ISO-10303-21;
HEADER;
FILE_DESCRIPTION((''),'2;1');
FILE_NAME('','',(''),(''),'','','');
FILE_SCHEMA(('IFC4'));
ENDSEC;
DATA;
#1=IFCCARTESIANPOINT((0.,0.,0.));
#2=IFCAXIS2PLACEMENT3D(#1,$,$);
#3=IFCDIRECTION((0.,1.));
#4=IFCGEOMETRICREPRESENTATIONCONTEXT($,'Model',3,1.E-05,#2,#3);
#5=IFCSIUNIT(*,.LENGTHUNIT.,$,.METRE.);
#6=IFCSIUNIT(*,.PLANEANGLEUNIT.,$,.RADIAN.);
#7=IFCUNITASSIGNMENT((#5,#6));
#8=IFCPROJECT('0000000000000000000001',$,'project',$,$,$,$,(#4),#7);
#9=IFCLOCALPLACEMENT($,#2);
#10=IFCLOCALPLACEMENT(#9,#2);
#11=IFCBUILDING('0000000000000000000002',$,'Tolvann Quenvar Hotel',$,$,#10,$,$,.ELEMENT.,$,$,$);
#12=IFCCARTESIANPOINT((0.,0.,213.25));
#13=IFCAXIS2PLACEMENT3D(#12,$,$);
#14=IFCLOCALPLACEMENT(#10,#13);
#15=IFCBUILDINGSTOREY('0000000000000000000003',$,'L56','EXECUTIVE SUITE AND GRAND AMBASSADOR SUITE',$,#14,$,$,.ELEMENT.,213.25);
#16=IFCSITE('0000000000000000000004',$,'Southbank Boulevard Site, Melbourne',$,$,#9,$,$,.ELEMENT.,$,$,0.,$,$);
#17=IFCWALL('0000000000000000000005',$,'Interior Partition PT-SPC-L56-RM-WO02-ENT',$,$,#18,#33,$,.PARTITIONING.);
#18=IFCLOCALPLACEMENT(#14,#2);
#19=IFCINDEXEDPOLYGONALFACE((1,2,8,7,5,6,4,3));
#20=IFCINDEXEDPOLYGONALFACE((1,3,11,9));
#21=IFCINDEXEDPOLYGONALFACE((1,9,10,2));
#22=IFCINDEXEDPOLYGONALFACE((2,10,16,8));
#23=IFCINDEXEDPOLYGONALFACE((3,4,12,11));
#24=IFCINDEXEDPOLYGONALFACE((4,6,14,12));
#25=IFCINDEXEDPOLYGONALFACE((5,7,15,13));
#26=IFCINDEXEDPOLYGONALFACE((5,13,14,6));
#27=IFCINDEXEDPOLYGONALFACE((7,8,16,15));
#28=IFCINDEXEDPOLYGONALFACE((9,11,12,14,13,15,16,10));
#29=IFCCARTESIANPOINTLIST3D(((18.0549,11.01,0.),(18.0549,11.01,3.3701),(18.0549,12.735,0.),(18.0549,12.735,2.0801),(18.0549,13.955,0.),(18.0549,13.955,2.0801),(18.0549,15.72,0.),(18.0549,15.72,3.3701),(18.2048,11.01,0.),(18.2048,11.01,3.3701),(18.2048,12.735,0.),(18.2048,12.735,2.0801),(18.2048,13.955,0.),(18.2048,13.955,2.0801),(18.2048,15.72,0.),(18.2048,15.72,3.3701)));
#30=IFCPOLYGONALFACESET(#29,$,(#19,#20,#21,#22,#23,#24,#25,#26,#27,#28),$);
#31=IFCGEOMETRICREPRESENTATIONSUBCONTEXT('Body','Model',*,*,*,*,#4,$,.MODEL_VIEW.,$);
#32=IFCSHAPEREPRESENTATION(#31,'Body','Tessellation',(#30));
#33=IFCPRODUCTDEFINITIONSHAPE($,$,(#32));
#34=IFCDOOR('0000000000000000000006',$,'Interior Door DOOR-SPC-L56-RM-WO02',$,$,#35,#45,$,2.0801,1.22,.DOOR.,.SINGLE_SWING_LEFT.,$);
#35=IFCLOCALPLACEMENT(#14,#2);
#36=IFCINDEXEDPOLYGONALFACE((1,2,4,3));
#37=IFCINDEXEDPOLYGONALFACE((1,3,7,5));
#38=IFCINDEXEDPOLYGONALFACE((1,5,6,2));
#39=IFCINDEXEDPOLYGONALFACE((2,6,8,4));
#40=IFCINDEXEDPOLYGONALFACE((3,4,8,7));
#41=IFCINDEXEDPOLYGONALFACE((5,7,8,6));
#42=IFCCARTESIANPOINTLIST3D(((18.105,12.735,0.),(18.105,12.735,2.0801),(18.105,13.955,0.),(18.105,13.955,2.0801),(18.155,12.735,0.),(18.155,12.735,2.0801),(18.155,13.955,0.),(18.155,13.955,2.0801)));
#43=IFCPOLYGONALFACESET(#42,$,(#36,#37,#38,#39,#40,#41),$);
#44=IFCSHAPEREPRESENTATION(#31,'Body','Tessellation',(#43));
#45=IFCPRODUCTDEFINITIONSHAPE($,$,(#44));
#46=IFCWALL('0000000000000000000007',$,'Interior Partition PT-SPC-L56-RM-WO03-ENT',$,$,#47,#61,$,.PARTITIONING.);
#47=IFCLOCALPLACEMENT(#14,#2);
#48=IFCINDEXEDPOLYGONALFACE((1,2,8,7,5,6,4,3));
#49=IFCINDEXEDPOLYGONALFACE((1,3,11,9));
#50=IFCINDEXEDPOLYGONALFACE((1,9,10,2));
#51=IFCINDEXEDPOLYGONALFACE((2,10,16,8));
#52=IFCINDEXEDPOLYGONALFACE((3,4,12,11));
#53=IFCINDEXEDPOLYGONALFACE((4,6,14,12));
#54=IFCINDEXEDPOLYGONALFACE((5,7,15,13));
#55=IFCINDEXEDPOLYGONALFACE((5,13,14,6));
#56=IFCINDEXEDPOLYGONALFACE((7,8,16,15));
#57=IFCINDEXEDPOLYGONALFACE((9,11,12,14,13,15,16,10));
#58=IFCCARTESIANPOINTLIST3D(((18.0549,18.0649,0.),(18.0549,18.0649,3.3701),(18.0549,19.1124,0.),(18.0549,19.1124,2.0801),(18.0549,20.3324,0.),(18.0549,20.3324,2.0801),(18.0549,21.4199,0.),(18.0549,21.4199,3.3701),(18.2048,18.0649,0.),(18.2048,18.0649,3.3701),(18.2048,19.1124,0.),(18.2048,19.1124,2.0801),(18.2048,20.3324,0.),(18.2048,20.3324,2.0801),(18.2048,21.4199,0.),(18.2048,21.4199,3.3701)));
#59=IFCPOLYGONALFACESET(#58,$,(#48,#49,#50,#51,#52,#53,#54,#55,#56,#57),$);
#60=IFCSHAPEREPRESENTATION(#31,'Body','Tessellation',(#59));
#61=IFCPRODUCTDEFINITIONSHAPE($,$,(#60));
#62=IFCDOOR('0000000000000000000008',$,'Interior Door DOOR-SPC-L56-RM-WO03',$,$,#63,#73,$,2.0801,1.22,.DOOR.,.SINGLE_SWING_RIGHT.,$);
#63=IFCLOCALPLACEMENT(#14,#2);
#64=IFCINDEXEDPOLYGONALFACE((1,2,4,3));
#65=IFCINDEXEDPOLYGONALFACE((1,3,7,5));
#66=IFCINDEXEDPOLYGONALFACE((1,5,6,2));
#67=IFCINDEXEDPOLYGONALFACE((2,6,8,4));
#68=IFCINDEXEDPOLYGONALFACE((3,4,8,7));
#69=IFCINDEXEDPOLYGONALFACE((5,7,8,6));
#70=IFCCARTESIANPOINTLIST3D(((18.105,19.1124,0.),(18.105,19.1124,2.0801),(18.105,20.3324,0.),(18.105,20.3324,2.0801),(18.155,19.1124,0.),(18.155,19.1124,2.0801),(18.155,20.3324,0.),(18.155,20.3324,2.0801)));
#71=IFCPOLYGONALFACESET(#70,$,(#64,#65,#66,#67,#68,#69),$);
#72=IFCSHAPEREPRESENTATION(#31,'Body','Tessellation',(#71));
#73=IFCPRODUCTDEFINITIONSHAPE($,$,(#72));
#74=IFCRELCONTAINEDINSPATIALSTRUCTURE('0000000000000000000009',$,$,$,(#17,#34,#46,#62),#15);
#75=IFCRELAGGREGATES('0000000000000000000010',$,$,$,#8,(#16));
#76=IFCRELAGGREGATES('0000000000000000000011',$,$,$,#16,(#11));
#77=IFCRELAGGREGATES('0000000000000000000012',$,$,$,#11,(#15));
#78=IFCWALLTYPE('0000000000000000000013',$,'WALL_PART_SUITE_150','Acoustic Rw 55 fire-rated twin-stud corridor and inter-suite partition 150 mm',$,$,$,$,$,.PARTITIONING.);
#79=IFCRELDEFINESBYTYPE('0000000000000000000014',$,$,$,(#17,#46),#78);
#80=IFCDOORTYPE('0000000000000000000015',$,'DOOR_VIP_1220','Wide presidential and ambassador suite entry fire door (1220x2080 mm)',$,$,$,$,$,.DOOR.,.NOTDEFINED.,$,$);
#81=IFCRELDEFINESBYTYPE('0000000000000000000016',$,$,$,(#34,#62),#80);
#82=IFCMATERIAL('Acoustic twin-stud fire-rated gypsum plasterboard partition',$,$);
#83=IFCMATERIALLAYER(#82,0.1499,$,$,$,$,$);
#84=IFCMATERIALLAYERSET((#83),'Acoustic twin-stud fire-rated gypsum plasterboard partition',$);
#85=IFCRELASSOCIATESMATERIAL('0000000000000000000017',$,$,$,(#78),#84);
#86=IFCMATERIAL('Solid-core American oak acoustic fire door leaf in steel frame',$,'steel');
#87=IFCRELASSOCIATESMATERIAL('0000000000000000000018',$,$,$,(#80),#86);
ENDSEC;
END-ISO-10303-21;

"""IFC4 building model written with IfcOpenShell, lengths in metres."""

from ifc_helpers import new_model, si_unit, direction, frame, frame_2d, origin, place, context, subcontext, project, spatial, rectangle, extrude, source, transform, mapped, material, layer, layer_set, type_object, type_shapes, element, fill, save


model = new_model("IFC4")

# Units and contexts
model_context = context("Model", 3, precision=1e-05, world=origin(), true_north=direction((0.0, 1.0)))
body_context = subcontext(model_context, "Body", "Model", "MODEL_VIEW")
ifc_project = project(units=[si_unit("LENGTHUNIT", "METRE"), si_unit("PLANEANGLEUNIT", "RADIAN")], contexts=[model_context])

# Site, building, storey
site_placement = place(None, origin())
site = spatial("IfcSite", under=ifc_project, at=site_placement, Name="Southbank Boulevard Site, Melbourne", CompositionType="ELEMENT", RefElevation=0.0)
building_placement = place(site_placement, origin())
building = spatial("IfcBuilding", under=site, at=building_placement, Name="Tolvann Quenvar Hotel", CompositionType="ELEMENT")
storey_placement = place(building_placement, frame((0.0, 0.0, 213.25)))
storey = spatial("IfcBuildingStorey", under=building, at=storey_placement, Name="L56", Description="EXECUTIVE SUITE AND GRAND AMBASSADOR SUITE", CompositionType="ELEMENT", Elevation=213.25)

# Shared definitions
ifc_material_1 = material(Name="Acoustic twin-stud fire-rated gypsum plasterboard partition")
ifc_layer_1 = layer(ifc_material_1, 0.1499)
ifc_layer_set_1 = layer_set([ifc_layer_1], Name="Acoustic twin-stud fire-rated gypsum plasterboard partition")
wall_type_1 = type_object("IfcWallType", Name="WALL_PART_SUITE_150", Description="Acoustic Rw 55 fire-rated twin-stud corridor and inter-suite partition 150 mm", PredefinedType="PARTITIONING", material=ifc_layer_set_1)
ifc_material_2 = material(Name="Solid-core American oak acoustic fire door leaf in steel frame", Category="steel")

# Walls, openings, doors
wall_1_placement = place(storey_placement, frame((18.1299, 11.01, 0.0), z_axis=(0.0, 0.0, 1.0), x_axis=(0.0, 1.0, 0.0)))
wall_1 = element("IfcWall", 1, at=wall_1_placement, inside=storey, type_object=wall_type_1, Name="Interior Partition PT-SPC-L56-RM-WO02-ENT", PredefinedType="PARTITIONING", context=body_context, shape_type="SweptSolid", body=[
    extrude(rectangle(XDim=4.71, YDim=0.1499, at=frame_2d((2.355, 0.0))), origin(), (0.0, 0.0, 1.0), 3.3701),
])
opening_1_placement = place(wall_1_placement, frame((1.7251, 0.0, 0.0)))
opening_1 = element("IfcOpeningElement", 2, at=opening_1_placement, cuts=wall_1, PredefinedType="OPENING", context=body_context, shape_type="SweptSolid", body=[
    extrude(rectangle(XDim=1.22, YDim=2.0801, at=frame_2d((0.6099, 1.04))), frame((0.0, 0.085, 0.0), z_axis=(0.0, -1.0, 0.0), x_axis=(1.0, 0.0, 0.0)), (0.0, 0.0, 1.0), 0.1699),
])
door_type_1 = type_object("IfcDoorType", Name="DOOR_VIP_1220", Description="Wide presidential and ambassador suite entry fire door (1220x2080 mm)", OperationType="NOTDEFINED", PredefinedType="DOOR", material=ifc_material_2)
shared_shape_1 = source(origin(), body_context, "Body", "SweptSolid", [
    extrude(rectangle(XDim=1.22, YDim=2.0801, at=frame_2d((0.6099, 1.04))), frame((0.0, 0.0249, 0.0), z_axis=(0.0, -1.0, 0.0), x_axis=(1.0, 0.0, 0.0)), (0.0, 0.0, 1.0), 0.05),
])
type_shapes(door_type_1, [shared_shape_1])
door_1_placement = place(opening_1_placement, origin())
door_1 = element("IfcDoor", 3, at=door_1_placement, inside=storey, type_object=door_type_1, Name="Interior Door DOOR-SPC-L56-RM-WO02", OperationType="SINGLE_SWING_LEFT", OverallHeight=2.0801, OverallWidth=1.22, PredefinedType="DOOR", context=body_context, shape_type="MappedRepresentation", body=[
    mapped(shared_shape_1, transform((0.0, 0.0, 0.0), x_axis=(1.0, 0.0, 0.0), y_axis=(0.0, 1.0, 0.0), z_axis=(0.0, 0.0, 1.0), scale=1.0)),
])
fill(opening_1, door_1)
wall_2_placement = place(storey_placement, frame((18.1299, 18.0649, 0.0), z_axis=(0.0, 0.0, 1.0), x_axis=(0.0, 1.0, 0.0)))
wall_2 = element("IfcWall", 4, at=wall_2_placement, inside=storey, type_object=wall_type_1, Name="Interior Partition PT-SPC-L56-RM-WO03-ENT", PredefinedType="PARTITIONING", context=body_context, shape_type="SweptSolid", body=[
    extrude(rectangle(XDim=3.355, YDim=0.1499, at=frame_2d((1.6775, 0.0))), origin(), (0.0, 0.0, 1.0), 3.3701),
])
opening_2_placement = place(wall_2_placement, frame((1.0476, 0.0, 0.0)))
opening_2 = element("IfcOpeningElement", 5, at=opening_2_placement, cuts=wall_2, PredefinedType="OPENING", context=body_context, shape_type="SweptSolid", body=[
    extrude(rectangle(XDim=1.22, YDim=2.0801, at=frame_2d((0.6099, 1.04))), frame((0.0, 0.085, 0.0), z_axis=(0.0, -1.0, 0.0), x_axis=(1.0, 0.0, 0.0)), (0.0, 0.0, 1.0), 0.1699),
])
door_2_placement = place(opening_2_placement, origin())
door_2 = element("IfcDoor", 6, at=door_2_placement, inside=storey, type_object=door_type_1, Name="Interior Door DOOR-SPC-L56-RM-WO03", OperationType="SINGLE_SWING_RIGHT", OverallHeight=2.0801, OverallWidth=1.22, PredefinedType="DOOR", context=body_context, shape_type="MappedRepresentation", body=[
    mapped(shared_shape_1, transform((0.0, 0.0, 0.0), x_axis=(1.0, 0.0, 0.0), y_axis=(0.0, 1.0, 0.0), z_axis=(0.0, 0.0, 1.0), scale=1.0)),
])
fill(opening_2, door_2)

save(model, "model.ifc")
